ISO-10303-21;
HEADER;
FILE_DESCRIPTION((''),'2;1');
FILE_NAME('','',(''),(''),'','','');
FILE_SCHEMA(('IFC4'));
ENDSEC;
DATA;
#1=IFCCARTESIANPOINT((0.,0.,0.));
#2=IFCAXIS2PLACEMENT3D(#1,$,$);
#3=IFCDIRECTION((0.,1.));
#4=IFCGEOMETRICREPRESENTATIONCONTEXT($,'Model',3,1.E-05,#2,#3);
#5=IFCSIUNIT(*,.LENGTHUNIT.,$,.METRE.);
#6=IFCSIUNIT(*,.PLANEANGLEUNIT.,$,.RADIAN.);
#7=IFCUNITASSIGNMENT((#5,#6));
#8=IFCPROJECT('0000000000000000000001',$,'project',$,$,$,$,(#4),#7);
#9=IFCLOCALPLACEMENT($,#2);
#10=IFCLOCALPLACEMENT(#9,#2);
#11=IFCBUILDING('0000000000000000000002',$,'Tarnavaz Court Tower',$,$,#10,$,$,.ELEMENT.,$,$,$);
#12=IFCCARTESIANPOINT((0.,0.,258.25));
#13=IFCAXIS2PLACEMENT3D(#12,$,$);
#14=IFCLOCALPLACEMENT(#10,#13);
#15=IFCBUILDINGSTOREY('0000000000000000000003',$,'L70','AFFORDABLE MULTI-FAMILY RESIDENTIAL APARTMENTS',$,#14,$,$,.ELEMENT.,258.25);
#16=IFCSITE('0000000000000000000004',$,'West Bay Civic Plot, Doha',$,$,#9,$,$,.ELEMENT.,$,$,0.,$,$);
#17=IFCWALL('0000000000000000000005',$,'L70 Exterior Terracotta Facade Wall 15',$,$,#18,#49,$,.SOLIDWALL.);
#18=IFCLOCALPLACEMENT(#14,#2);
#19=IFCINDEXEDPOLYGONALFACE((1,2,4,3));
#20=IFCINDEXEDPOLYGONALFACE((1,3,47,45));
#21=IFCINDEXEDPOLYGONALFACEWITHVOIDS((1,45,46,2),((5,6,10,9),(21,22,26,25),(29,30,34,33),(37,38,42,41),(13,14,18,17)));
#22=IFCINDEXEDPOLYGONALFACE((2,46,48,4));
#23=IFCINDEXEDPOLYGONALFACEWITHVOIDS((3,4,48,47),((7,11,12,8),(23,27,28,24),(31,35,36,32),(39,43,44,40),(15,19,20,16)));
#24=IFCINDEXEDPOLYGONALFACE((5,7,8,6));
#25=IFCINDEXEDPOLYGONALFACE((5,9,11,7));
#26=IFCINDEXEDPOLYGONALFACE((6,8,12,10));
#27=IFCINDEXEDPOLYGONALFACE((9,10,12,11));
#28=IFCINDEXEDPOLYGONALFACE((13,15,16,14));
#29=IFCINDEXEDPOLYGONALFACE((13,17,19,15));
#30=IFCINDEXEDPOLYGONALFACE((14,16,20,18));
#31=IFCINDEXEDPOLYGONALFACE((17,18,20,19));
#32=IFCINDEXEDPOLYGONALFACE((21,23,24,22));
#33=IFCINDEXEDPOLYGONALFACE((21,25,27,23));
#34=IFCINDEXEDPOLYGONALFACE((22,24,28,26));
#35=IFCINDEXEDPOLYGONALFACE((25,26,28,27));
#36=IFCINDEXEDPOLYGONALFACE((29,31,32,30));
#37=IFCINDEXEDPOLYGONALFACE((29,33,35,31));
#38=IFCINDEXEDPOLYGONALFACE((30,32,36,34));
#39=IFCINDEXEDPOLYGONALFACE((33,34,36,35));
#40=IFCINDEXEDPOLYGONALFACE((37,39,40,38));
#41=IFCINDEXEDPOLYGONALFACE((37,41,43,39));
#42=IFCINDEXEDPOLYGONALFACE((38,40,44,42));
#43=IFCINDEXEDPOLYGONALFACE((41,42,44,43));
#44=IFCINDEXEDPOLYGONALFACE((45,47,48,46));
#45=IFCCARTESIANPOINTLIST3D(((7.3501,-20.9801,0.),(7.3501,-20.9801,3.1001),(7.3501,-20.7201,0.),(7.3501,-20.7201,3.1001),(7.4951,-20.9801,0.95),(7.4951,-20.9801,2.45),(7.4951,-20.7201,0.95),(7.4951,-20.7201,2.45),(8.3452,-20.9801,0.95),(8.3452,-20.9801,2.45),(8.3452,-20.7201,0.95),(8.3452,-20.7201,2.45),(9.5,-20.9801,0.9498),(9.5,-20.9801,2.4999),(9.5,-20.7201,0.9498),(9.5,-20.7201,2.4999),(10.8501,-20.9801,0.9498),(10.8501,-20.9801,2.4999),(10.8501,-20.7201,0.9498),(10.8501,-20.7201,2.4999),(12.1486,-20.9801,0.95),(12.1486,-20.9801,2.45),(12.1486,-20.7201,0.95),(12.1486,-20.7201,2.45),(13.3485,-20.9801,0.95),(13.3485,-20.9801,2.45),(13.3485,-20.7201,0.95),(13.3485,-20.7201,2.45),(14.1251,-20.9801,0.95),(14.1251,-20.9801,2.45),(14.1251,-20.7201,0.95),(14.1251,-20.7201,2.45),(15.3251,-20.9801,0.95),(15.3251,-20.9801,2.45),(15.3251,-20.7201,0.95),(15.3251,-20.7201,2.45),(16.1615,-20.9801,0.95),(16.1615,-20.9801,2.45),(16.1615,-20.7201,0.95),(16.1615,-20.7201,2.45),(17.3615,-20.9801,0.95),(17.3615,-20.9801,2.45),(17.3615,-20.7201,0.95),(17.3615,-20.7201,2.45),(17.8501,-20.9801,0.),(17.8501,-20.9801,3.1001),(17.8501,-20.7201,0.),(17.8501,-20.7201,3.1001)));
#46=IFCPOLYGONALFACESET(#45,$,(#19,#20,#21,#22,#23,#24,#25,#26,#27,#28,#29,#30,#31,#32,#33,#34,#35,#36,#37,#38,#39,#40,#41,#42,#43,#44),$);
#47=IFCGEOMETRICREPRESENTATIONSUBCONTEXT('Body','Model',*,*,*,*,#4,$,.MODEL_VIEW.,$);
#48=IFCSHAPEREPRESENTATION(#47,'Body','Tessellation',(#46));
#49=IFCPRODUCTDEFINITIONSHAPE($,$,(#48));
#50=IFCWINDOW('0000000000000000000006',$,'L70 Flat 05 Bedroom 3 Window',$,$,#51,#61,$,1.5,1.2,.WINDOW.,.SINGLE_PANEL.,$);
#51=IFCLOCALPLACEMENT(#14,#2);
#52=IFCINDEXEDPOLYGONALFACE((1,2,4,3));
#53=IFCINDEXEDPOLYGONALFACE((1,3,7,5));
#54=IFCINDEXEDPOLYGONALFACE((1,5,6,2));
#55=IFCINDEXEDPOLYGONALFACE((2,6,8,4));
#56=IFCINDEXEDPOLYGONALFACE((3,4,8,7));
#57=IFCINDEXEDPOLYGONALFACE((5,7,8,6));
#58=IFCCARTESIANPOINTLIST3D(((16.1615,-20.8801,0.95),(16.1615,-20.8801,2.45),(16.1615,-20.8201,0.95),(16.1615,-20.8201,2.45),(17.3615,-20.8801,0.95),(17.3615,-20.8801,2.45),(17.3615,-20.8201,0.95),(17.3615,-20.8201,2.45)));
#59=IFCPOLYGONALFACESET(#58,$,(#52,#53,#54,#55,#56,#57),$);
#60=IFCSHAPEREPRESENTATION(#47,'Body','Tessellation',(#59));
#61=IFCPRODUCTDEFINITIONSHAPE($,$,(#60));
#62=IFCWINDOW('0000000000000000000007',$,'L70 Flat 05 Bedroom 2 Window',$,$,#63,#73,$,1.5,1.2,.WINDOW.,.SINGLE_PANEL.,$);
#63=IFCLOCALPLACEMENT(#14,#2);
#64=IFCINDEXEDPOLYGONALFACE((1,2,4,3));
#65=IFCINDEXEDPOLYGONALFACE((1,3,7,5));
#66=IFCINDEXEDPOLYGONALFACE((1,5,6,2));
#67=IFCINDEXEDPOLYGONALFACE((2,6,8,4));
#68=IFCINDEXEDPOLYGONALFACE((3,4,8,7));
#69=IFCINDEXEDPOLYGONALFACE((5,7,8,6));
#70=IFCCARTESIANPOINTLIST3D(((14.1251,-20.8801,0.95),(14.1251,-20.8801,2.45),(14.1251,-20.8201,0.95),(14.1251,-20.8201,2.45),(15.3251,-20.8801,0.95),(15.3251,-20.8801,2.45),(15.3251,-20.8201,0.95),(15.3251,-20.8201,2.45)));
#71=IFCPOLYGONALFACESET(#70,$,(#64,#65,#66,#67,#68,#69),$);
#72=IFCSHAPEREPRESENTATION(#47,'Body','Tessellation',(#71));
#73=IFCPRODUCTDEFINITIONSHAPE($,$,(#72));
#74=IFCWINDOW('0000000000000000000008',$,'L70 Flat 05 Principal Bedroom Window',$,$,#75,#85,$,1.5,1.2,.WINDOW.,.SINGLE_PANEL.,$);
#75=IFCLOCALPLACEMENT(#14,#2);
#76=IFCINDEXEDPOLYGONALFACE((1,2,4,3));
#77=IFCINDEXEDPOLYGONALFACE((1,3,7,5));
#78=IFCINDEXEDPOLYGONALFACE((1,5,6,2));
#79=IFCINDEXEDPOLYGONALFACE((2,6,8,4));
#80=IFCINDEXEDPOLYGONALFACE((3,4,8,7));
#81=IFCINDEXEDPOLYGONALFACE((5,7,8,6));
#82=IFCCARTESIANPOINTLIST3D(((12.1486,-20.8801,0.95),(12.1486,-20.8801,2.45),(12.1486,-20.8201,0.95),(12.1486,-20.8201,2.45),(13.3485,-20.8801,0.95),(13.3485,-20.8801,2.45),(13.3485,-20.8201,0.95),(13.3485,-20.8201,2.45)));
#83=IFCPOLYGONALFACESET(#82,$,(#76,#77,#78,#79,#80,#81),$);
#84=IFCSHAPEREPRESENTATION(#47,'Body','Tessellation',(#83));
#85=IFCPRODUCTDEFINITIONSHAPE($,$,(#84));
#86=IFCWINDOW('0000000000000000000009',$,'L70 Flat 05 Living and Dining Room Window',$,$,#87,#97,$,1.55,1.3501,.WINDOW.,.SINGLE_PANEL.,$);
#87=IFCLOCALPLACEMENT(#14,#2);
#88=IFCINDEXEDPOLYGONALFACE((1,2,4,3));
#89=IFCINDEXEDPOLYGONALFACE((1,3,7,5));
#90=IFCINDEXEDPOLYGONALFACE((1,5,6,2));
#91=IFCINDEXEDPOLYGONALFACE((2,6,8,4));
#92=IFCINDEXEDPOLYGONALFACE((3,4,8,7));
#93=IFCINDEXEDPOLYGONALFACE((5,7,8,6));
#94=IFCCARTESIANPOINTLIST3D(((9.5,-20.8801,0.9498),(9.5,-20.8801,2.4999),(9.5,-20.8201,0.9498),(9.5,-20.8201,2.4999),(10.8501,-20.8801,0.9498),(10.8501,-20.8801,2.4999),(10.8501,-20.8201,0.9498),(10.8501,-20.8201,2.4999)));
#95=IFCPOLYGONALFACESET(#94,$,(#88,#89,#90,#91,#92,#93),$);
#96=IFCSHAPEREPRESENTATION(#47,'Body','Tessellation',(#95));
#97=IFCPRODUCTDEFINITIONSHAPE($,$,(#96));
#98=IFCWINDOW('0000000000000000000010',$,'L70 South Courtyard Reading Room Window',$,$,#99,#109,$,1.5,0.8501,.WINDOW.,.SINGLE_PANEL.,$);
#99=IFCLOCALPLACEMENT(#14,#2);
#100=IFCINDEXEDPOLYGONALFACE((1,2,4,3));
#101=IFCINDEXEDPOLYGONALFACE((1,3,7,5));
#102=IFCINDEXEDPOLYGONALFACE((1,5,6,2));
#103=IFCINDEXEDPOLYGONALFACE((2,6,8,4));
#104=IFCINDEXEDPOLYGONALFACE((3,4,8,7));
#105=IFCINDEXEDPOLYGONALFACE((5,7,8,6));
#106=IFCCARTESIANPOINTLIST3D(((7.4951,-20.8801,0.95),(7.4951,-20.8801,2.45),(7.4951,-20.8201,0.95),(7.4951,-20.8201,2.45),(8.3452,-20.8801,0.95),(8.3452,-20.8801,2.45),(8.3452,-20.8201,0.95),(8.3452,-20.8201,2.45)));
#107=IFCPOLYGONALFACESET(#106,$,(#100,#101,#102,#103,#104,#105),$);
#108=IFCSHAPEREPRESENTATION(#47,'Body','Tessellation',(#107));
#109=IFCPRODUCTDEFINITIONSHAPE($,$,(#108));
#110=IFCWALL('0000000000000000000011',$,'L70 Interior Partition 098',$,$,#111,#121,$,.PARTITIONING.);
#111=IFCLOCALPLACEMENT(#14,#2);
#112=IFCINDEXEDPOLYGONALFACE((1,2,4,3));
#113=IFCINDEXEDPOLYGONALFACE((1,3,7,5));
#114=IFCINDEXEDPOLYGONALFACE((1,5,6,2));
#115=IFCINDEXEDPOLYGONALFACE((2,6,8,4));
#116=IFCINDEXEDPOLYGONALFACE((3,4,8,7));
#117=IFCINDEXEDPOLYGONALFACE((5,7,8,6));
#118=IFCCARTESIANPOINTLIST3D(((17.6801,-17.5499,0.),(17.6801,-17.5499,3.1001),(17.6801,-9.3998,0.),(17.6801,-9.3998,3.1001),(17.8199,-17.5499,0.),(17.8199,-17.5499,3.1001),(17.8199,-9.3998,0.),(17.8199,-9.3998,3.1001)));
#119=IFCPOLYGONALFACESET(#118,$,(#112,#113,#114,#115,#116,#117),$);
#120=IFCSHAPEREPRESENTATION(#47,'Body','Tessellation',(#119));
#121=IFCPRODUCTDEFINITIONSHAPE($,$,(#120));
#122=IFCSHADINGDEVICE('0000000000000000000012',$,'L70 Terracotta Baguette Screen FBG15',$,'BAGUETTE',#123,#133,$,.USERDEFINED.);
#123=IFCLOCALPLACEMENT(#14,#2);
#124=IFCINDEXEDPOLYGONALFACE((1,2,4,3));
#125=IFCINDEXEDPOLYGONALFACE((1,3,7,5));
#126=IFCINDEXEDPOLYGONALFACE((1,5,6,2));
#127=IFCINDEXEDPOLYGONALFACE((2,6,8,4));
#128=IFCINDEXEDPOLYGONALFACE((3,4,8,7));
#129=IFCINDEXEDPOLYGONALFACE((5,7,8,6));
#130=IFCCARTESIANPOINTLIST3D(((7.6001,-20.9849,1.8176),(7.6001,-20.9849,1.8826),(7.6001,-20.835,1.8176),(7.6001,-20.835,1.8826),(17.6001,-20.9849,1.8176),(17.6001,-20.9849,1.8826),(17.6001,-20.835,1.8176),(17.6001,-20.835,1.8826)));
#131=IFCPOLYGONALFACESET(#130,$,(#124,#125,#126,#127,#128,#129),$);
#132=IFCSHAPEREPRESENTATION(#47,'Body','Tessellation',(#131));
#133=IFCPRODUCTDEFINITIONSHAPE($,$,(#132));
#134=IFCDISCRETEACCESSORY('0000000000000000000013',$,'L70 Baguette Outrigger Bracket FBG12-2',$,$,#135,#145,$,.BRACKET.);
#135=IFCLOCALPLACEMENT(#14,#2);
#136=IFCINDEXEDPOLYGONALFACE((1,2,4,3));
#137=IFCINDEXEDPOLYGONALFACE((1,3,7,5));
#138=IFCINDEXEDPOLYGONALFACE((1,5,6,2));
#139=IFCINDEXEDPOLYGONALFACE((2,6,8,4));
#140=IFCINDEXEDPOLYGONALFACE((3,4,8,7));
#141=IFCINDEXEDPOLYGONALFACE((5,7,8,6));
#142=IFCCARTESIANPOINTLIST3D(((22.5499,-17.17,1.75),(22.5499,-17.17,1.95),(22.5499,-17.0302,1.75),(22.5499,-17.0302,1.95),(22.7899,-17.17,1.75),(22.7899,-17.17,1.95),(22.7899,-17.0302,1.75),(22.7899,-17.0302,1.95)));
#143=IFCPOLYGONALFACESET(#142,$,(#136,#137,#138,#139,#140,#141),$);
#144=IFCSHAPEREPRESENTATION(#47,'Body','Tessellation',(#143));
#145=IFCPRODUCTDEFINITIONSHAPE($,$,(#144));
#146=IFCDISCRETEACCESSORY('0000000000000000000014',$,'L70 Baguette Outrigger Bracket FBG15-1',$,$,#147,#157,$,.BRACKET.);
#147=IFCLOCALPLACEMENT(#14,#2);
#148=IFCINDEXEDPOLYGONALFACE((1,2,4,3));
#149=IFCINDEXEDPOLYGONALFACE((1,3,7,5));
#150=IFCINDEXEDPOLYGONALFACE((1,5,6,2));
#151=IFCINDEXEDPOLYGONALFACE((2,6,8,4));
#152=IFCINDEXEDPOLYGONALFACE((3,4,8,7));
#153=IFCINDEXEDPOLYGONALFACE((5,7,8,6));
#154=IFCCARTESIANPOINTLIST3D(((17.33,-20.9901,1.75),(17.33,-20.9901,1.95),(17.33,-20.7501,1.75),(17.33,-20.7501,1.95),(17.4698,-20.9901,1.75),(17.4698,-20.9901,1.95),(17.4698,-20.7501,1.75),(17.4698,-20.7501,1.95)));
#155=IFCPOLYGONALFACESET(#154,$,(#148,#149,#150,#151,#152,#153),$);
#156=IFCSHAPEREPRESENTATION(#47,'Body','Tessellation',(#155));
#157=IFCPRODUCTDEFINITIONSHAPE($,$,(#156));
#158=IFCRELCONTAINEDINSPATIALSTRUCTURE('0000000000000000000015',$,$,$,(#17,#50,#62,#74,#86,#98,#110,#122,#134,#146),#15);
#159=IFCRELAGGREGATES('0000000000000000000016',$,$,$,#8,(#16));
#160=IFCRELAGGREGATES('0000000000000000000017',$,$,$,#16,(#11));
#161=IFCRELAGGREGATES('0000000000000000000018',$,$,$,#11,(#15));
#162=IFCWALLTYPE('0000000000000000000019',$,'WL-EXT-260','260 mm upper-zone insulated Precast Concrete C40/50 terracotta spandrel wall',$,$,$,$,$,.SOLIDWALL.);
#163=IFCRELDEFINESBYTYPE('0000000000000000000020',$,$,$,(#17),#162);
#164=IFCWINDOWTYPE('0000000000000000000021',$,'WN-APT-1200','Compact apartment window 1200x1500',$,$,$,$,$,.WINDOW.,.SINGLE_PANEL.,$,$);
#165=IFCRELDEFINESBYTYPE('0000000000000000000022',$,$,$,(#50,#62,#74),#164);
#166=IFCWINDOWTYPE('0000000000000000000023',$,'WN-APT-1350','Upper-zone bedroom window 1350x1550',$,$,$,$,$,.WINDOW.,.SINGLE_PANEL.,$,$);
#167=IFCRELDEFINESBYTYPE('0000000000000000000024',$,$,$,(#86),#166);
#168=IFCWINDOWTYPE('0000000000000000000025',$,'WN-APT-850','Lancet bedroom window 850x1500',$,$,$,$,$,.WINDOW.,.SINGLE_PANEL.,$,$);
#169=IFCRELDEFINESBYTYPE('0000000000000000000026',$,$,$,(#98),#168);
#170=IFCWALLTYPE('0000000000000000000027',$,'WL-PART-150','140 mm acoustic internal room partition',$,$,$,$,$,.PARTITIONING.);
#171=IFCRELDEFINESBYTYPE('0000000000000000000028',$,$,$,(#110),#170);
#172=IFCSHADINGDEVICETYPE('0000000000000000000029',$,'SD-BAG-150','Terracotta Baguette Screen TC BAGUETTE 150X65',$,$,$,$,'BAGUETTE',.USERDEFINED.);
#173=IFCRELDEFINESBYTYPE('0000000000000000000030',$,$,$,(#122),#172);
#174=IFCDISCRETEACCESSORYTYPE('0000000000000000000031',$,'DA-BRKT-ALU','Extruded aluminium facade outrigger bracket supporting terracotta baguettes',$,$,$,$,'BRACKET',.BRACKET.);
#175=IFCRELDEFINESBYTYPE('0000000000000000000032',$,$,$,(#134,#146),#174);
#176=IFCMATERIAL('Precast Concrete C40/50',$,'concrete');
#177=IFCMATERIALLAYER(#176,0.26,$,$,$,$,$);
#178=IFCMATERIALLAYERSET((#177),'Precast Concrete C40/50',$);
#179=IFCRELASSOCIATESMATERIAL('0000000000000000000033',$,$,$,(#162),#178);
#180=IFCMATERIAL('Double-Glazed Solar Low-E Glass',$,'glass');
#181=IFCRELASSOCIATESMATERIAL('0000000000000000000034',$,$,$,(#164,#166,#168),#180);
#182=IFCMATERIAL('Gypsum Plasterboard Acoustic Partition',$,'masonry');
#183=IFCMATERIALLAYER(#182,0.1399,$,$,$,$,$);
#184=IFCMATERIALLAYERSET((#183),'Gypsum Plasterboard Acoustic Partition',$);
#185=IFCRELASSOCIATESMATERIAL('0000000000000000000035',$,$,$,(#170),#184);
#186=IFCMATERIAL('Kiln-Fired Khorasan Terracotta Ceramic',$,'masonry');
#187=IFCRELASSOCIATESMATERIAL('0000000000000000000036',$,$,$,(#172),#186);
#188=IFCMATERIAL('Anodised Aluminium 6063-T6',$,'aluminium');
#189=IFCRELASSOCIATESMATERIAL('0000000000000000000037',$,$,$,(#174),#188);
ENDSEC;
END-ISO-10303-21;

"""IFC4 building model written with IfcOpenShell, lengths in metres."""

from ifc_helpers import new_model, si_unit, direction, frame, frame_2d, origin, origin_2d, place, context, subcontext, project, spatial, rectangle, extrude, material, layer, layer_set, material_profile, profile_set, type_object, element, fill, save


model = new_model("IFC4")

# Units and contexts
model_context = context("Model", 3, precision=1e-05, world=origin(), true_north=direction((0.0, 1.0)))
body_context = subcontext(model_context, "Body", "Model", "MODEL_VIEW")
ifc_project = project(units=[si_unit("LENGTHUNIT", "METRE"), si_unit("PLANEANGLEUNIT", "RADIAN")], contexts=[model_context])

# Site, building, storey
site_placement = place(None, origin())
site = spatial("IfcSite", under=ifc_project, at=site_placement, Name="West Bay Civic Plot, Doha", CompositionType="ELEMENT", RefElevation=0.0)
building_placement = place(site_placement, origin())
building = spatial("IfcBuilding", under=site, at=building_placement, Name="Tarnavaz Court Tower", CompositionType="ELEMENT")
storey_placement = place(building_placement, frame((0.0, 0.0, 258.25)))
storey = spatial("IfcBuildingStorey", under=building, at=storey_placement, Name="L70", Description="AFFORDABLE MULTI-FAMILY RESIDENTIAL APARTMENTS", CompositionType="ELEMENT", Elevation=258.25)

# Shared definitions
ifc_material_1 = material(Name="Precast Concrete C40/50", Category="concrete")
ifc_layer_1 = layer(ifc_material_1, 0.26)
ifc_layer_set_1 = layer_set([ifc_layer_1], Name="Precast Concrete C40/50")
wall_type_1 = type_object("IfcWallType", Name="WL-EXT-260", Description="260 mm upper-zone insulated Precast Concrete C40/50 terracotta spandrel wall", PredefinedType="SOLIDWALL", material=ifc_layer_set_1)
ifc_material_2 = material(Name="Double-Glazed Solar Low-E Glass", Category="glass")

# Wall, openings, windows
wall_1_placement = place(storey_placement, frame((17.8501, -20.8501, 0.0), z_axis=(0.0, 0.0, 1.0), x_axis=(-1.0, 0.0, 0.0)))
wall_1 = element("IfcWall", 1, at=wall_1_placement, inside=storey, type_object=wall_type_1, Name="L70 Exterior Terracotta Facade Wall 15", PredefinedType="SOLIDWALL", context=body_context, shape_type="SweptSolid", body=[
    extrude(rectangle(XDim=10.5, YDim=0.26, at=frame_2d((5.25, 0.0))), origin(), (0.0, 0.0, 1.0), 3.1001),
])
opening_1_placement = place(wall_1_placement, frame((0.4885, 0.0, 0.95)))
opening_1 = element("IfcOpeningElement", 2, at=opening_1_placement, cuts=wall_1, PredefinedType="OPENING", context=body_context, shape_type="SweptSolid", body=[
    extrude(rectangle(XDim=1.2, YDim=1.5, at=frame_2d((0.6001, 0.75))), frame((0.0, 0.1399, 0.0), z_axis=(0.0, -1.0, 0.0), x_axis=(1.0, 0.0, 0.0)), (0.0, 0.0, 1.0), 0.28),
])
opening_2_placement = place(wall_1_placement, frame((2.5249, 0.0, 0.95)))
opening_2 = element("IfcOpeningElement", 3, at=opening_2_placement, cuts=wall_1, PredefinedType="OPENING", context=body_context, shape_type="SweptSolid", body=[
    extrude(rectangle(XDim=1.2, YDim=1.5, at=frame_2d((0.6001, 0.75))), frame((0.0, 0.1399, 0.0), z_axis=(0.0, -1.0, 0.0), x_axis=(1.0, 0.0, 0.0)), (0.0, 0.0, 1.0), 0.28),
])
opening_3_placement = place(wall_1_placement, frame((4.5015, 0.0, 0.95)))
opening_3 = element("IfcOpeningElement", 4, at=opening_3_placement, cuts=wall_1, PredefinedType="OPENING", context=body_context, shape_type="SweptSolid", body=[
    extrude(rectangle(XDim=1.2, YDim=1.5, at=frame_2d((0.6001, 0.75))), frame((0.0, 0.1399, 0.0), z_axis=(0.0, -1.0, 0.0), x_axis=(1.0, 0.0, 0.0)), (0.0, 0.0, 1.0), 0.28),
])
opening_4_placement = place(wall_1_placement, frame((7.0, 0.0, 0.95)))
opening_4 = element("IfcOpeningElement", 5, at=opening_4_placement, cuts=wall_1, PredefinedType="OPENING", context=body_context, shape_type="SweptSolid", body=[
    extrude(rectangle(XDim=1.3501, YDim=1.55, at=frame_2d((0.675, 0.7749))), frame((0.0, 0.1399, 0.0), z_axis=(0.0, -1.0, 0.0), x_axis=(1.0, 0.0, 0.0)), (0.0, 0.0, 1.0), 0.28),
])
opening_5_placement = place(wall_1_placement, frame((9.5049, 0.0, 0.95)))
opening_5 = element("IfcOpeningElement", 6, at=opening_5_placement, cuts=wall_1, PredefinedType="OPENING", context=body_context, shape_type="SweptSolid", body=[
    extrude(rectangle(XDim=0.8501, YDim=1.5, at=frame_2d((0.425, 0.75))), frame((0.0, 0.1399, 0.0), z_axis=(0.0, -1.0, 0.0), x_axis=(1.0, 0.0, 0.0)), (0.0, 0.0, 1.0), 0.28),
])
window_type_1 = type_object("IfcWindowType", Name="WN-APT-1200", Description="Compact apartment window 1200x1500", PartitioningType="SINGLE_PANEL", PredefinedType="WINDOW", material=ifc_material_2)
window_1_placement = place(opening_1_placement, origin())
window_1 = element("IfcWindow", 7, at=window_1_placement, inside=storey, type_object=window_type_1, Name="L70 Flat 05 Bedroom 3 Window", OverallHeight=1.5, OverallWidth=1.2, PartitioningType="SINGLE_PANEL", PredefinedType="WINDOW", context=body_context, shape_type="SweptSolid", body=[
    extrude(rectangle(XDim=1.2, YDim=1.5, at=frame_2d((0.6001, 0.75))), frame((0.0, 0.03, 0.0), z_axis=(0.0, -1.0, 0.0), x_axis=(1.0, 0.0, 0.0)), (0.0, 0.0, 1.0), 0.0601),
])
fill(opening_1, window_1)
window_2_placement = place(opening_2_placement, origin())
window_2 = element("IfcWindow", 8, at=window_2_placement, inside=storey, type_object=window_type_1, Name="L70 Flat 05 Bedroom 2 Window", OverallHeight=1.5, OverallWidth=1.2, PartitioningType="SINGLE_PANEL", PredefinedType="WINDOW", context=body_context, shape_type="SweptSolid", body=[
    extrude(rectangle(XDim=1.2, YDim=1.5, at=frame_2d((0.6001, 0.75))), frame((0.0, 0.03, 0.0), z_axis=(0.0, -1.0, 0.0), x_axis=(1.0, 0.0, 0.0)), (0.0, 0.0, 1.0), 0.0601),
])
fill(opening_2, window_2)
window_3_placement = place(opening_3_placement, origin())
window_3 = element("IfcWindow", 9, at=window_3_placement, inside=storey, type_object=window_type_1, Name="L70 Flat 05 Principal Bedroom Window", OverallHeight=1.5, OverallWidth=1.2, PartitioningType="SINGLE_PANEL", PredefinedType="WINDOW", context=body_context, shape_type="SweptSolid", body=[
    extrude(rectangle(XDim=1.2, YDim=1.5, at=frame_2d((0.6001, 0.75))), frame((0.0, 0.03, 0.0), z_axis=(0.0, -1.0, 0.0), x_axis=(1.0, 0.0, 0.0)), (0.0, 0.0, 1.0), 0.0601),
])
fill(opening_3, window_3)
window_type_2 = type_object("IfcWindowType", Name="WN-APT-1350", Description="Upper-zone bedroom window 1350x1550", PartitioningType="SINGLE_PANEL", PredefinedType="WINDOW", material=ifc_material_2)
window_4_placement = place(opening_4_placement, origin())
window_4 = element("IfcWindow", 10, at=window_4_placement, inside=storey, type_object=window_type_2, Name="L70 Flat 05 Living and Dining Room Window", OverallHeight=1.55, OverallWidth=1.3501, PartitioningType="SINGLE_PANEL", PredefinedType="WINDOW", context=body_context, shape_type="SweptSolid", body=[
    extrude(rectangle(XDim=1.3501, YDim=1.55, at=frame_2d((0.675, 0.7749))), frame((0.0, 0.03, 0.0), z_axis=(0.0, -1.0, 0.0), x_axis=(1.0, 0.0, 0.0)), (0.0, 0.0, 1.0), 0.0601),
])
fill(opening_4, window_4)
window_type_3 = type_object("IfcWindowType", Name="WN-APT-850", Description="Lancet bedroom window 850x1500", PartitioningType="SINGLE_PANEL", PredefinedType="WINDOW", material=ifc_material_2)
window_5_placement = place(opening_5_placement, origin())
window_5 = element("IfcWindow", 11, at=window_5_placement, inside=storey, type_object=window_type_3, Name="L70 South Courtyard Reading Room Window", OverallHeight=1.5, OverallWidth=0.8501, PartitioningType="SINGLE_PANEL", PredefinedType="WINDOW", context=body_context, shape_type="SweptSolid", body=[
    extrude(rectangle(XDim=0.8501, YDim=1.5, at=frame_2d((0.425, 0.75))), frame((0.0, 0.03, 0.0), z_axis=(0.0, -1.0, 0.0), x_axis=(1.0, 0.0, 0.0)), (0.0, 0.0, 1.0), 0.0601),
])
fill(opening_5, window_5)

# Wall
ifc_material_3 = material(Name="Gypsum Plasterboard Acoustic Partition", Category="masonry")
ifc_layer_2 = layer(ifc_material_3, 0.1399)
ifc_layer_set_2 = layer_set([ifc_layer_2], Name="Gypsum Plasterboard Acoustic Partition")
wall_type_2 = type_object("IfcWallType", Name="WL-PART-150", Description="140 mm acoustic internal room partition", PredefinedType="PARTITIONING", material=ifc_layer_set_2)
wall_2_placement = place(storey_placement, frame((17.75, -17.55, 0.0), z_axis=(0.0, 0.0, 1.0), x_axis=(0.0, 1.0, 0.0)))
element("IfcWall", 12, at=wall_2_placement, inside=storey, type_object=wall_type_2, Name="L70 Interior Partition 098", PredefinedType="PARTITIONING", context=body_context, shape_type="SweptSolid", body=[
    extrude(rectangle(XDim=8.1501, YDim=0.1399, at=frame_2d((4.0752, 0.0))), origin(), (0.0, 0.0, 1.0), 3.1001),
])

# Shading device
ifc_material_4 = material(Name="Kiln-Fired Khorasan Terracotta Ceramic", Category="masonry")
ifc_material_profile_1 = material_profile(ifc_material_4, rectangle(XDim=0.1499, YDim=0.0649, at=origin_2d()), Name="TC BAGUETTE 150X65")
ifc_profile_set_1 = profile_set([ifc_material_profile_1], Name="Kiln-Fired Khorasan Terracotta Ceramic")
shading_device_type = type_object("IfcShadingDeviceType", Name="SD-BAG-150", Description="Terracotta Baguette Screen TC BAGUETTE 150X65", ElementType="BAGUETTE", PredefinedType="USERDEFINED", material=ifc_profile_set_1)
shading_device_placement = place(storey_placement, frame((17.6001, -20.9099, 1.8501), z_axis=(-1.0, 0.0, 0.0), x_axis=(0.0, -1.0, 0.0)))
element("IfcShadingDevice", 13, at=shading_device_placement, inside=storey, type_object=shading_device_type, Name="L70 Terracotta Baguette Screen FBG15", ObjectType="BAGUETTE", PredefinedType="USERDEFINED", context=body_context, shape_type="SweptSolid", body=[
    extrude(rectangle(XDim=0.1499, YDim=0.0649, at=origin_2d()), origin(), (0.0, 0.0, 1.0), 10.0),
])

# Discrete accessories
ifc_material_5 = material(Name="Anodised Aluminium 6063-T6", Category="aluminium")
discrete_accessory_type = type_object("IfcDiscreteAccessoryType", Name="DA-BRKT-ALU", Description="Extruded aluminium facade outrigger bracket supporting terracotta baguettes", ElementType="BRACKET", PredefinedType="BRACKET", material=ifc_material_5)
for number, where, z_axis, x_axis, name in (
    (14, (22.6699, -17.1001, 1.75), (0.0, 0.0, 1.0), (0.0, -1.0, 0.0), "L70 Baguette Outrigger Bracket FBG12-2"),
    (15, (17.3999, -20.8701, 1.75), (0.0, 0.0, 1.0), (-1.0, 0.0, 0.0), "L70 Baguette Outrigger Bracket FBG15-1"),
):
    element("IfcDiscreteAccessory", number, at=place(storey_placement, frame(where, z_axis=z_axis, x_axis=x_axis)), inside=storey, type_object=discrete_accessory_type, Name=name, PredefinedType="BRACKET", context=body_context, shape_type="SweptSolid", body=[
        extrude(rectangle(XDim=0.1399, YDim=0.24, at=origin_2d()), origin(), (0.0, 0.0, 1.0), 0.2),
    ])

save(model, "model.ifc")
